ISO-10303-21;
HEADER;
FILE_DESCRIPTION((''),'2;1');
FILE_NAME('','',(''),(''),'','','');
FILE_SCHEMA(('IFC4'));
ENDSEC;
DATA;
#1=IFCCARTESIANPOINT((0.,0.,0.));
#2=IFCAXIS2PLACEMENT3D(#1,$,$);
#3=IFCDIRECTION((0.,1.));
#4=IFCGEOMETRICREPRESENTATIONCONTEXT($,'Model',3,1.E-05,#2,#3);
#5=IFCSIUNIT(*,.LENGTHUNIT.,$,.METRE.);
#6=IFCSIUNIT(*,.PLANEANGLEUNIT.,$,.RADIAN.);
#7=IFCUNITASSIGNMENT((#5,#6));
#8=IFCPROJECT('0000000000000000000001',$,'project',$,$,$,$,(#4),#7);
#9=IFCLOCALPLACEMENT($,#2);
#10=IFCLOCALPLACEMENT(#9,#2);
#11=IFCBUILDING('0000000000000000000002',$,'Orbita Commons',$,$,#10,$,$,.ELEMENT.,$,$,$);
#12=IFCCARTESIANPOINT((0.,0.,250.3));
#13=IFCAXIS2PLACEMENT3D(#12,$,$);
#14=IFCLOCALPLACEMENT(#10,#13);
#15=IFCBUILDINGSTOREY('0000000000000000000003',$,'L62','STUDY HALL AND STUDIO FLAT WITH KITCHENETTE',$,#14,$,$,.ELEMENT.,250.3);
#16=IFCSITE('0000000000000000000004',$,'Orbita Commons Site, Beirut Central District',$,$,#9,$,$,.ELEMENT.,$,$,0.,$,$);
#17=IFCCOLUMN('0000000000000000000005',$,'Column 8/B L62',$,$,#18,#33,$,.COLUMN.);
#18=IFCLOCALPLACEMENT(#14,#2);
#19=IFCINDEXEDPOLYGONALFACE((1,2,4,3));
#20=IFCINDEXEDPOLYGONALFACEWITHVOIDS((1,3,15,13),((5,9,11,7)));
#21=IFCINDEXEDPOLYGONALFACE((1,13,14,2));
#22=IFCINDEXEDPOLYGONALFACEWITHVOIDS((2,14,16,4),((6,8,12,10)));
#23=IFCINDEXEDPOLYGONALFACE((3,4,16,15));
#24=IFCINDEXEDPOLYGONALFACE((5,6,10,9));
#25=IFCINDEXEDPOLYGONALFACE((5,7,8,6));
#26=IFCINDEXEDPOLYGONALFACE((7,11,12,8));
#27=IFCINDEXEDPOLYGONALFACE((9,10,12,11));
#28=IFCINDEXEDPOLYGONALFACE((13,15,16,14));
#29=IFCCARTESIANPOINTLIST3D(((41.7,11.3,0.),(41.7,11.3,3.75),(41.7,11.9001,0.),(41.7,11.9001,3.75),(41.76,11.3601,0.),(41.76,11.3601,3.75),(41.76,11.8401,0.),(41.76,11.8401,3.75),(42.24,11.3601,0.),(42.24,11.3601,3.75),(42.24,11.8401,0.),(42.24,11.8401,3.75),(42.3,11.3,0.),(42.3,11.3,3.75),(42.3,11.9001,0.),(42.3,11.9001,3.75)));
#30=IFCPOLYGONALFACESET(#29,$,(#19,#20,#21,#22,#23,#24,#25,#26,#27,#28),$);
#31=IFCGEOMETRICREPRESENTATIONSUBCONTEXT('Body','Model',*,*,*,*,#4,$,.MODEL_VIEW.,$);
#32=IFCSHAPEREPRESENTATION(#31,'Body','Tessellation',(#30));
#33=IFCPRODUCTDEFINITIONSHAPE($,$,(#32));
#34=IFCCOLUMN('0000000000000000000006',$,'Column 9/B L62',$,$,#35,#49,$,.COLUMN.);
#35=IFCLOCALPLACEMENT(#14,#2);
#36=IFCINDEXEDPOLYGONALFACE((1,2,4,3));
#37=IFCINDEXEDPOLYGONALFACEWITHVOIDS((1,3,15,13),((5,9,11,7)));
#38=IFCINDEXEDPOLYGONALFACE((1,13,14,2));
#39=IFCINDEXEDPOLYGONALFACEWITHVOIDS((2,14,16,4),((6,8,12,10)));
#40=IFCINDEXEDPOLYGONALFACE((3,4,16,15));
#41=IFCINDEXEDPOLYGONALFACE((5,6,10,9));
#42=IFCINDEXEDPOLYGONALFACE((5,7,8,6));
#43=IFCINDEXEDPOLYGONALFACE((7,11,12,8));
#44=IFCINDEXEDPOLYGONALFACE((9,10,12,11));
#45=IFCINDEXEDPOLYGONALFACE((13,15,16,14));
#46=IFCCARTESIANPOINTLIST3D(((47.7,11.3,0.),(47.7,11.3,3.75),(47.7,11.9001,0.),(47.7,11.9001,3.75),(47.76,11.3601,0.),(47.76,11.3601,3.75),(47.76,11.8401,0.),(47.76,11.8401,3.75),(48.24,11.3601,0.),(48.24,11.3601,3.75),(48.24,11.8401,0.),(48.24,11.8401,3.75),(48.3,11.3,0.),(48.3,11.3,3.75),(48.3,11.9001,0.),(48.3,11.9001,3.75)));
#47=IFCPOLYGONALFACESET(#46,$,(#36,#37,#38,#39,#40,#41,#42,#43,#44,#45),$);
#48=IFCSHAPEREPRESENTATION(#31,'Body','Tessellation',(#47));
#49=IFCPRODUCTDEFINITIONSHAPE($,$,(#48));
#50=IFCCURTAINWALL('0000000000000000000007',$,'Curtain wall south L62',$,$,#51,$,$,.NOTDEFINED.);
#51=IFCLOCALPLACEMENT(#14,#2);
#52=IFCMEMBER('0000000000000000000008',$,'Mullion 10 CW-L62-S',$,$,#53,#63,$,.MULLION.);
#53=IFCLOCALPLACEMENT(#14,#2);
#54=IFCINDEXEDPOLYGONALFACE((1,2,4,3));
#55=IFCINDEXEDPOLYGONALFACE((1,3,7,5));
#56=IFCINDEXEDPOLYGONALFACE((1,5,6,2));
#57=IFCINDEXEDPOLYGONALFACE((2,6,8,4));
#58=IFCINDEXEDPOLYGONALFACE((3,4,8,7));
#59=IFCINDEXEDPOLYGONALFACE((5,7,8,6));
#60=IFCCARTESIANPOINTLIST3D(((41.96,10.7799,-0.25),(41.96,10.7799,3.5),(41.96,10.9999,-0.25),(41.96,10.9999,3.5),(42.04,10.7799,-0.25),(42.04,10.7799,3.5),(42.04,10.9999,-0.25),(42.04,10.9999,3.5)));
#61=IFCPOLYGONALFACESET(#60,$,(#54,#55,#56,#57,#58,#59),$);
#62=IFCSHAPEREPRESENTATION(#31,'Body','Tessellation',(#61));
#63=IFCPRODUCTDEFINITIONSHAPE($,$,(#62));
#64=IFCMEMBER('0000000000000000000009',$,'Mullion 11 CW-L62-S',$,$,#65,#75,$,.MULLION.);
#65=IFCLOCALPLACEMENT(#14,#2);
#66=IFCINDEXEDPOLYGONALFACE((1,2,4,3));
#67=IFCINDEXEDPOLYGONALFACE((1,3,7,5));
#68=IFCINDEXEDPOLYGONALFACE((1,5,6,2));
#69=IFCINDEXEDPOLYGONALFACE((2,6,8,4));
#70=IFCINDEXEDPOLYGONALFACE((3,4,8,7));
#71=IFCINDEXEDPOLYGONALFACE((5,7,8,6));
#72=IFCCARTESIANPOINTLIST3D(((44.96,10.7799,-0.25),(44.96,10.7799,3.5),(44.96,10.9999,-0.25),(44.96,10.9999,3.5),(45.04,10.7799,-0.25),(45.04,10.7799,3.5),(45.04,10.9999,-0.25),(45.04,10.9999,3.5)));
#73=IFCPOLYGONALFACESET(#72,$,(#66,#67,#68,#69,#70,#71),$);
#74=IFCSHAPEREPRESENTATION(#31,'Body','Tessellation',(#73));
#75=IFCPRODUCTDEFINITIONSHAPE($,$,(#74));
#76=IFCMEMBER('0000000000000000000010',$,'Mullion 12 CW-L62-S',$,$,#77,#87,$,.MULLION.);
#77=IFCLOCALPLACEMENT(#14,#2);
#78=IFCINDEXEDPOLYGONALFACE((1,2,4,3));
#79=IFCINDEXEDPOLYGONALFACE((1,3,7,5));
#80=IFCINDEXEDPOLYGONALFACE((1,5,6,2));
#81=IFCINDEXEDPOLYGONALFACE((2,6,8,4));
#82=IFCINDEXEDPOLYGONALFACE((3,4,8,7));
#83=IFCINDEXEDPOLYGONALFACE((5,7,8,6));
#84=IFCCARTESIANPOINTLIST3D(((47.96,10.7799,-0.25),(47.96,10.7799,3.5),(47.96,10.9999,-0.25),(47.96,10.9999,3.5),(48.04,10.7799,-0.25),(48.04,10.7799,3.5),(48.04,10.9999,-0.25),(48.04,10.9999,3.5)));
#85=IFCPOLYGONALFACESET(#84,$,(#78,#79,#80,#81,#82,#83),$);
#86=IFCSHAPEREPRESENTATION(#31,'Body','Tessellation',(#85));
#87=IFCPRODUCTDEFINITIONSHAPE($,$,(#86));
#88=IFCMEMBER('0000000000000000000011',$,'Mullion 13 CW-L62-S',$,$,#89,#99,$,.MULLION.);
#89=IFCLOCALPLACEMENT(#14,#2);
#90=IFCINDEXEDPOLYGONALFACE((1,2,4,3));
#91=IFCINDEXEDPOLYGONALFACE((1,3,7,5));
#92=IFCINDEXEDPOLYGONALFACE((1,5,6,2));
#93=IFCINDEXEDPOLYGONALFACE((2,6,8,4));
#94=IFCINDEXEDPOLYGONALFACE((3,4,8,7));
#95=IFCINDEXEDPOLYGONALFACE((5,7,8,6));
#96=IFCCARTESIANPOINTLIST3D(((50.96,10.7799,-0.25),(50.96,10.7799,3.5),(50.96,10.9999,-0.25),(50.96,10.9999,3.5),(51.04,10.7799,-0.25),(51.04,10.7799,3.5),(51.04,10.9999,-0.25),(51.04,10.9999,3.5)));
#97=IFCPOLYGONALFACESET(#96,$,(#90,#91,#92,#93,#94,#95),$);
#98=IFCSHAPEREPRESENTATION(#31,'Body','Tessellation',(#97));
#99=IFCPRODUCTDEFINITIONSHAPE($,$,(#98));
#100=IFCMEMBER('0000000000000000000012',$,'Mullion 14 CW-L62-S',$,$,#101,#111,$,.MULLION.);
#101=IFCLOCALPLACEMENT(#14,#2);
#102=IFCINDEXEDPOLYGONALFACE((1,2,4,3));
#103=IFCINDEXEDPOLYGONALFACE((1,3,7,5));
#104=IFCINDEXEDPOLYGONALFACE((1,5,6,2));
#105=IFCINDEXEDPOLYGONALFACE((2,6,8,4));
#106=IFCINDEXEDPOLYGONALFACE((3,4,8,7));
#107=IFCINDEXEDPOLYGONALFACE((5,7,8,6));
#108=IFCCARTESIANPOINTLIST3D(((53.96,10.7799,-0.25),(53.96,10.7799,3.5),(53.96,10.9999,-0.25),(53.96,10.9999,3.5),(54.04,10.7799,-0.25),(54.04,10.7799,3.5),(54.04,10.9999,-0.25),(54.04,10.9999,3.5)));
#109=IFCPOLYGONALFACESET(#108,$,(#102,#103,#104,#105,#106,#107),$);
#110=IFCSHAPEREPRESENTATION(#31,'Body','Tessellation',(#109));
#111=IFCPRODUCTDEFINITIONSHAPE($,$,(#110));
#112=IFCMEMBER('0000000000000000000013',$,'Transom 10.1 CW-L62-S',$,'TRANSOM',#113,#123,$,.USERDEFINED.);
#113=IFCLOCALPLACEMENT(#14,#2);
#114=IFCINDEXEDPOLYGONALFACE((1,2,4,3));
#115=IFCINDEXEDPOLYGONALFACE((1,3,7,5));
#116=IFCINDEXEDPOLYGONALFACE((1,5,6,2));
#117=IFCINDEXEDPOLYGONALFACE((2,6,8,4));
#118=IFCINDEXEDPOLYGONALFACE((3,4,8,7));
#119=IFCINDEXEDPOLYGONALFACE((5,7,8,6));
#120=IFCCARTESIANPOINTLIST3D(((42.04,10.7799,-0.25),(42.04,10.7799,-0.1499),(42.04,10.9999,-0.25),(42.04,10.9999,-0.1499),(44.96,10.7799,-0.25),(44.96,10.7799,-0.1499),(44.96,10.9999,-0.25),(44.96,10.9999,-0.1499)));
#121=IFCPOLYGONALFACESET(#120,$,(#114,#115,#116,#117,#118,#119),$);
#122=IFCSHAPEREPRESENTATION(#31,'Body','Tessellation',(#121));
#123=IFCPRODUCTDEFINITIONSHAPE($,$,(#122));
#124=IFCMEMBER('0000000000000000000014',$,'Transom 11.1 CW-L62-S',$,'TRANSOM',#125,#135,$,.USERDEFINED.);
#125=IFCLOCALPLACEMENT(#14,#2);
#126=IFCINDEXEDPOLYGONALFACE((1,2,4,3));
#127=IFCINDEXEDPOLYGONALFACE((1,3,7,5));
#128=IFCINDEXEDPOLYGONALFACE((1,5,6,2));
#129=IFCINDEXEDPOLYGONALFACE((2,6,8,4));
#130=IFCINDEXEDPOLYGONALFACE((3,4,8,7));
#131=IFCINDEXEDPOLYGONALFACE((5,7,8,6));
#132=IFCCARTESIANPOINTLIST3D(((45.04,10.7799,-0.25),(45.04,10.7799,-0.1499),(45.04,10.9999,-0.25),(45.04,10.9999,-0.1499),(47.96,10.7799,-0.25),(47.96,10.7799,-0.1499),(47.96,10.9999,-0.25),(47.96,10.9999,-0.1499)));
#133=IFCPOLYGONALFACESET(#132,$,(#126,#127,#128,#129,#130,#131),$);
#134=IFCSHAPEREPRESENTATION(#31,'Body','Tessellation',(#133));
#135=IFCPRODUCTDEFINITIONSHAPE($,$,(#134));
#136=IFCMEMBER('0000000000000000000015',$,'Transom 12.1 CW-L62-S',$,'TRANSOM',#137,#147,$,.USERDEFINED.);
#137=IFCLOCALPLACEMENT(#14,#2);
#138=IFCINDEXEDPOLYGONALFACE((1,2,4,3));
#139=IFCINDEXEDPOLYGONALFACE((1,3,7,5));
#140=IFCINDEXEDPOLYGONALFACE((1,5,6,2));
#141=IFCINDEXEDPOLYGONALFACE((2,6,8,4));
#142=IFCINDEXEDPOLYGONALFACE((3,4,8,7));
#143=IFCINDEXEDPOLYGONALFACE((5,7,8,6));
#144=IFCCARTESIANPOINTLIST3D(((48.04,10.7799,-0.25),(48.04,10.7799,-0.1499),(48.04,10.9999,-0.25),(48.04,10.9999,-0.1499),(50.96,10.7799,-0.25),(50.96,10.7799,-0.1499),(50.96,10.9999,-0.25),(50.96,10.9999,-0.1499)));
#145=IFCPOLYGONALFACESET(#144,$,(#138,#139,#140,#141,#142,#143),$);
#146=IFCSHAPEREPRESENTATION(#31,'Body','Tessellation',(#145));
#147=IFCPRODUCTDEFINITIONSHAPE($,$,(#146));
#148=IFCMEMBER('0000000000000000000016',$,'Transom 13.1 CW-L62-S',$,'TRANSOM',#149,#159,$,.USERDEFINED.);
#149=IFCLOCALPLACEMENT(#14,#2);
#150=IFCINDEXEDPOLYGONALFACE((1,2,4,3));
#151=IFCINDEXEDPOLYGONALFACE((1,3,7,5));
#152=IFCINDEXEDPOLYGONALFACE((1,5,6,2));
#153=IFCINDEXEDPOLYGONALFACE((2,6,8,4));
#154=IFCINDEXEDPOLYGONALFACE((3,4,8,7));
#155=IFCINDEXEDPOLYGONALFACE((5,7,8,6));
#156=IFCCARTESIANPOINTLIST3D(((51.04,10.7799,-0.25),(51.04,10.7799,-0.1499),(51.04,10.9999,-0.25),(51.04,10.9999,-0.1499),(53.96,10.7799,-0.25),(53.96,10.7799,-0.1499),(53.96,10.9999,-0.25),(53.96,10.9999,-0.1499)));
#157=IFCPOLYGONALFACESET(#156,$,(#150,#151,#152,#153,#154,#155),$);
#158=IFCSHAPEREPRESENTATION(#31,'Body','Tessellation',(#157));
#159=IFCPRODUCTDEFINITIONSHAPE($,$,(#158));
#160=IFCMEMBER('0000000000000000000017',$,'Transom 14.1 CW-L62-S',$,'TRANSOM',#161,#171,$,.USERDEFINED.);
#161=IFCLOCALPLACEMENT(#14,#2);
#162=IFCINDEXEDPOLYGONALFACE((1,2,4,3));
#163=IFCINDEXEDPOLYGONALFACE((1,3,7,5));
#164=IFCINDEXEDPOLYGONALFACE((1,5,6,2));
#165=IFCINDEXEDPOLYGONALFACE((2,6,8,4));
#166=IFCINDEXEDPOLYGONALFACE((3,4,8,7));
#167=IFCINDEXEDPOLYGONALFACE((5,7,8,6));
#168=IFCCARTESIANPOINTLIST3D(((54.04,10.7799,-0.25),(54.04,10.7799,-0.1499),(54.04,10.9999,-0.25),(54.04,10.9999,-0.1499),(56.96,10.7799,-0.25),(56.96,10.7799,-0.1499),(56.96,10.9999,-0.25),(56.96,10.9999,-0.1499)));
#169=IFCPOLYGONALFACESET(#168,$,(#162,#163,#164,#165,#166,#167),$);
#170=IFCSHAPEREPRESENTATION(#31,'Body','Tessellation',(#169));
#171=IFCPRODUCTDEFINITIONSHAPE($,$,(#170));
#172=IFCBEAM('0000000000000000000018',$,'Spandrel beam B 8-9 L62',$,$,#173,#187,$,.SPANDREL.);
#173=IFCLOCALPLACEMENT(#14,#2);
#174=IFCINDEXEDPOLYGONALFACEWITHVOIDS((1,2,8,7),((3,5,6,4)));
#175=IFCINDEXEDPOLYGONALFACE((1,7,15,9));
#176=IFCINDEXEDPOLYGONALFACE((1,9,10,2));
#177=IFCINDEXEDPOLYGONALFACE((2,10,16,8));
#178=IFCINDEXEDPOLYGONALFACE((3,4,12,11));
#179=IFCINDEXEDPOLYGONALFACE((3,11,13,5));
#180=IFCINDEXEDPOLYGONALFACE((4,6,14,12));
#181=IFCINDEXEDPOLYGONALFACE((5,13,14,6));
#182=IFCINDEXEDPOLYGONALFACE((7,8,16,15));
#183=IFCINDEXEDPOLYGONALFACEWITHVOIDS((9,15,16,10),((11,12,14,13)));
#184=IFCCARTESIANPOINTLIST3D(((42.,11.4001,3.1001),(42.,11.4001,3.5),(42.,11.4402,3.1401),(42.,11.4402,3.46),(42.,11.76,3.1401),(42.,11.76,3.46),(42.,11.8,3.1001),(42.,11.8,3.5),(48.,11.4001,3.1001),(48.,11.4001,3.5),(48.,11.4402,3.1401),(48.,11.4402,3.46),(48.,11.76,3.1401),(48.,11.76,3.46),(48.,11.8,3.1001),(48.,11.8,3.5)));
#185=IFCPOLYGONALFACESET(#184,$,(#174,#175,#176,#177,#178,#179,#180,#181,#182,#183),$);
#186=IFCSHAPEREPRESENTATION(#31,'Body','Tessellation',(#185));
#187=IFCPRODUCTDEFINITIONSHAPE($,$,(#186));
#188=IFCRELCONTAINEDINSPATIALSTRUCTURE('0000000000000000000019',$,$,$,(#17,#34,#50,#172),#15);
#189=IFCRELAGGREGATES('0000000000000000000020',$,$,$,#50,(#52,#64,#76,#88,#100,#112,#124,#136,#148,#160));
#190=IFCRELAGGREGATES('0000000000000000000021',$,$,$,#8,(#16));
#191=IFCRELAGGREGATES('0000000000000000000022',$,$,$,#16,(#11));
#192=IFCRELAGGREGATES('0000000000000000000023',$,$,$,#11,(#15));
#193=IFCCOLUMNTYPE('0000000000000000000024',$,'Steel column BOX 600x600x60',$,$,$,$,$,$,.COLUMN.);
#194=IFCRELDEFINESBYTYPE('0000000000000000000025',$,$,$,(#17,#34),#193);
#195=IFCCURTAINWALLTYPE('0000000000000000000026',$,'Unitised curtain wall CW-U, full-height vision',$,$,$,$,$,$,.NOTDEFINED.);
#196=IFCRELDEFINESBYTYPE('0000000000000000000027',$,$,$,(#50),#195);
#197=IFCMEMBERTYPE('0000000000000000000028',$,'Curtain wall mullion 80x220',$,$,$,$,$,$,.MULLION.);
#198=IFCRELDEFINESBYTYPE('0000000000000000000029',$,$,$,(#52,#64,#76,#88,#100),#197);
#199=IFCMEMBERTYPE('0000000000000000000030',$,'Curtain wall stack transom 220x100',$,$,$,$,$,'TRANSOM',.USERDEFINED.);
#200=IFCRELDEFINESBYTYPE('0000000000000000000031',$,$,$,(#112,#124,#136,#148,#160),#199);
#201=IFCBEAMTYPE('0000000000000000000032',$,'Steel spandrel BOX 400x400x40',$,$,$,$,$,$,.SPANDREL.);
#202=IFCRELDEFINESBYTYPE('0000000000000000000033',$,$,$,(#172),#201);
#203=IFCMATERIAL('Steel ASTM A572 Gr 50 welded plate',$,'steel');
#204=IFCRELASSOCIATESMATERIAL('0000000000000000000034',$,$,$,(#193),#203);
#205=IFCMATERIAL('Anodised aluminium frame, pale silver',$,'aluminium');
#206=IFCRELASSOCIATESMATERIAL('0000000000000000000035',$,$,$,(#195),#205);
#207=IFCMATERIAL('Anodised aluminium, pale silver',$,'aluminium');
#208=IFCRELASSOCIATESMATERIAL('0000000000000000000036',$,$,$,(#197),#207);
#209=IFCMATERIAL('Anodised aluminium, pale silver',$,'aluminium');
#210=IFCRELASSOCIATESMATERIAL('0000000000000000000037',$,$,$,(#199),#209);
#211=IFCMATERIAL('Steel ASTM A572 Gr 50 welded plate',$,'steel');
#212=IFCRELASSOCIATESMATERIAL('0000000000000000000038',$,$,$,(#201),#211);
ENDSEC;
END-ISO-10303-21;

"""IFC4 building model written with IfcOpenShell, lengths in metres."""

from ifc_helpers import new_model, si_unit, direction, frame, origin, origin_2d, place, context, subcontext, project, spatial, rectangle, hollow_rectangle, extrude, material, material_profile, profile_set, type_object, element, aggregate, save


model = new_model("IFC4")

# Units and contexts
model_context = context("Model", 3, precision=1e-05, world=origin(), true_north=direction((0.0, 1.0)))
body_context = subcontext(model_context, "Body", "Model", "MODEL_VIEW")
ifc_project = project(units=[si_unit("LENGTHUNIT", "METRE"), si_unit("PLANEANGLEUNIT", "RADIAN")], contexts=[model_context])

# Site, building, storey
site_placement = place(None, origin())
site = spatial("IfcSite", under=ifc_project, at=site_placement, Name="Orbita Commons Site, Beirut Central District", CompositionType="ELEMENT", RefElevation=0.0)
building_placement = place(site_placement, origin())
building = spatial("IfcBuilding", under=site, at=building_placement, Name="Orbita Commons", CompositionType="ELEMENT")
storey_placement = place(building_placement, frame((0.0, 0.0, 250.3)))
storey = spatial("IfcBuildingStorey", under=building, at=storey_placement, Name="L62", Description="STUDY HALL AND STUDIO FLAT WITH KITCHENETTE", CompositionType="ELEMENT", Elevation=250.3)

# Columns
ifc_material_1 = material(Name="Steel ASTM A572 Gr 50 welded plate", Category="steel")
ifc_material_profile_1 = material_profile(ifc_material_1, hollow_rectangle(XDim=0.6001, YDim=0.6001, WallThickness=0.0601, at=origin_2d()), Name="BOX 600x600x60")
ifc_profile_set_1 = profile_set([ifc_material_profile_1], Name="Steel ASTM A572 Gr 50 welded plate")
column_type = type_object("IfcColumnType", Name="Steel column BOX 600x600x60", PredefinedType="COLUMN", material=ifc_profile_set_1)
for number, where, z_axis, x_axis, name in (
    (1, (42.0, 11.6001, 0.0), (0.0, 0.0, 1.0), (1.0, 0.0, 0.0), "Column 8/B L62"),
    (2, (48.0, 11.6001, 0.0), (0.0, 0.0, 1.0), (1.0, 0.0, 0.0), "Column 9/B L62"),
):
    element("IfcColumn", number, at=place(storey_placement, frame(where, z_axis=z_axis, x_axis=x_axis)), inside=storey, type_object=column_type, Name=name, PredefinedType="COLUMN", context=body_context, shape_type="SweptSolid", body=[
        extrude(hollow_rectangle(XDim=0.6001, YDim=0.6001, WallThickness=0.0601, at=origin_2d()), origin(), (0.0, 0.0, 1.0), 3.75),
    ])

# Curtain wall, members
ifc_material_2 = material(Name="Anodised aluminium frame, pale silver", Category="aluminium")
curtain_wall_type = type_object("IfcCurtainWallType", Name="Unitised curtain wall CW-U, full-height vision", PredefinedType="NOTDEFINED", material=ifc_material_2)
curtain_wall_placement = place(storey_placement, origin())
curtain_wall = element("IfcCurtainWall", 3, at=curtain_wall_placement, inside=storey, type_object=curtain_wall_type, Name="Curtain wall south L62", PredefinedType="NOTDEFINED")
ifc_material_3 = material(Name="Anodised aluminium, pale silver", Category="aluminium")
ifc_material_profile_2 = material_profile(ifc_material_3, rectangle(XDim=0.0801, YDim=0.22, at=origin_2d()), Name="AL 80x220")
ifc_profile_set_2 = profile_set([ifc_material_profile_2], Name="Anodised aluminium, pale silver")
member_type_1 = type_object("IfcMemberType", Name="Curtain wall mullion 80x220", PredefinedType="MULLION", material=ifc_profile_set_2)
member_1_placement = place(storey_placement, frame((42.0, 10.8899, -0.25), z_axis=(0.0, 0.0, 1.0), x_axis=(1.0, 0.0, 0.0)))
member_1 = element("IfcMember", 4, at=member_1_placement, type_object=member_type_1, Name="Mullion 10 CW-L62-S", PredefinedType="MULLION", context=body_context, shape_type="SweptSolid", body=[
    extrude(rectangle(XDim=0.0801, YDim=0.22, at=origin_2d()), origin(), (0.0, 0.0, 1.0), 3.75),
])
member_2_placement = place(storey_placement, frame((45.0, 10.8899, -0.25), z_axis=(0.0, 0.0, 1.0), x_axis=(1.0, 0.0, 0.0)))
member_2 = element("IfcMember", 5, at=member_2_placement, type_object=member_type_1, Name="Mullion 11 CW-L62-S", PredefinedType="MULLION", context=body_context, shape_type="SweptSolid", body=[
    extrude(rectangle(XDim=0.0801, YDim=0.22, at=origin_2d()), origin(), (0.0, 0.0, 1.0), 3.75),
])
member_3_placement = place(storey_placement, frame((48.0, 10.8899, -0.25), z_axis=(0.0, 0.0, 1.0), x_axis=(1.0, 0.0, 0.0)))
member_3 = element("IfcMember", 6, at=member_3_placement, type_object=member_type_1, Name="Mullion 12 CW-L62-S", PredefinedType="MULLION", context=body_context, shape_type="SweptSolid", body=[
    extrude(rectangle(XDim=0.0801, YDim=0.22, at=origin_2d()), origin(), (0.0, 0.0, 1.0), 3.75),
])
member_4_placement = place(storey_placement, frame((51.0, 10.8899, -0.25), z_axis=(0.0, 0.0, 1.0), x_axis=(1.0, 0.0, 0.0)))
member_4 = element("IfcMember", 7, at=member_4_placement, type_object=member_type_1, Name="Mullion 13 CW-L62-S", PredefinedType="MULLION", context=body_context, shape_type="SweptSolid", body=[
    extrude(rectangle(XDim=0.0801, YDim=0.22, at=origin_2d()), origin(), (0.0, 0.0, 1.0), 3.75),
])
member_5_placement = place(storey_placement, frame((54.0, 10.8899, -0.25), z_axis=(0.0, 0.0, 1.0), x_axis=(1.0, 0.0, 0.0)))
member_5 = element("IfcMember", 8, at=member_5_placement, type_object=member_type_1, Name="Mullion 14 CW-L62-S", PredefinedType="MULLION", context=body_context, shape_type="SweptSolid", body=[
    extrude(rectangle(XDim=0.0801, YDim=0.22, at=origin_2d()), origin(), (0.0, 0.0, 1.0), 3.75),
])
ifc_material_4 = material(Name="Anodised aluminium, pale silver", Category="aluminium")
ifc_material_profile_3 = material_profile(ifc_material_4, rectangle(XDim=0.22, YDim=0.1001, at=origin_2d()), Name="AL 220x100")
ifc_profile_set_3 = profile_set([ifc_material_profile_3], Name="Anodised aluminium, pale silver")
member_type_2 = type_object("IfcMemberType", Name="Curtain wall stack transom 220x100", ElementType="TRANSOM", PredefinedType="USERDEFINED", material=ifc_profile_set_3)
member_6_placement = place(storey_placement, frame((42.04, 10.8899, -0.2), z_axis=(1.0, 0.0, 0.0), x_axis=(0.0, 1.0, 0.0)))
member_6 = element("IfcMember", 9, at=member_6_placement, type_object=member_type_2, Name="Transom 10.1 CW-L62-S", ObjectType="TRANSOM", PredefinedType="USERDEFINED", context=body_context, shape_type="SweptSolid", body=[
    extrude(rectangle(XDim=0.22, YDim=0.1001, at=origin_2d()), origin(), (0.0, 0.0, 1.0), 2.9199),
])
member_7_placement = place(storey_placement, frame((45.04, 10.8899, -0.2), z_axis=(1.0, 0.0, 0.0), x_axis=(0.0, 1.0, 0.0)))
member_7 = element("IfcMember", 10, at=member_7_placement, type_object=member_type_2, Name="Transom 11.1 CW-L62-S", ObjectType="TRANSOM", PredefinedType="USERDEFINED", context=body_context, shape_type="SweptSolid", body=[
    extrude(rectangle(XDim=0.22, YDim=0.1001, at=origin_2d()), origin(), (0.0, 0.0, 1.0), 2.9199),
])
member_8_placement = place(storey_placement, frame((48.04, 10.8899, -0.2), z_axis=(1.0, 0.0, 0.0), x_axis=(0.0, 1.0, 0.0)))
member_8 = element("IfcMember", 11, at=member_8_placement, type_object=member_type_2, Name="Transom 12.1 CW-L62-S", ObjectType="TRANSOM", PredefinedType="USERDEFINED", context=body_context, shape_type="SweptSolid", body=[
    extrude(rectangle(XDim=0.22, YDim=0.1001, at=origin_2d()), origin(), (0.0, 0.0, 1.0), 2.9199),
])
member_9_placement = place(storey_placement, frame((51.04, 10.8899, -0.2), z_axis=(1.0, 0.0, 0.0), x_axis=(0.0, 1.0, 0.0)))
member_9 = element("IfcMember", 12, at=member_9_placement, type_object=member_type_2, Name="Transom 13.1 CW-L62-S", ObjectType="TRANSOM", PredefinedType="USERDEFINED", context=body_context, shape_type="SweptSolid", body=[
    extrude(rectangle(XDim=0.22, YDim=0.1001, at=origin_2d()), origin(), (0.0, 0.0, 1.0), 2.9199),
])
member_10_placement = place(storey_placement, frame((54.04, 10.8899, -0.2), z_axis=(1.0, 0.0, 0.0), x_axis=(0.0, 1.0, 0.0)))
member_10 = element("IfcMember", 13, at=member_10_placement, type_object=member_type_2, Name="Transom 14.1 CW-L62-S", ObjectType="TRANSOM", PredefinedType="USERDEFINED", context=body_context, shape_type="SweptSolid", body=[
    extrude(rectangle(XDim=0.22, YDim=0.1001, at=origin_2d()), origin(), (0.0, 0.0, 1.0), 2.9199),
])

# Beam
ifc_material_5 = material(Name="Steel ASTM A572 Gr 50 welded plate", Category="steel")
ifc_material_profile_4 = material_profile(ifc_material_5, hollow_rectangle(XDim=0.3999, YDim=0.3999, WallThickness=0.04, at=origin_2d()), Name="BOX 400x400x40")
ifc_profile_set_4 = profile_set([ifc_material_profile_4], Name="Steel ASTM A572 Gr 50 welded plate")
beam_type = type_object("IfcBeamType", Name="Steel spandrel BOX 400x400x40", PredefinedType="SPANDREL", material=ifc_profile_set_4)
for number, where, z_axis, x_axis, name in (
    (14, (42.0, 11.6001, 3.3), (1.0, 0.0, 0.0), (0.0, 1.0, 0.0), "Spandrel beam B 8-9 L62"),
):
    element("IfcBeam", number, at=place(storey_placement, frame(where, z_axis=z_axis, x_axis=x_axis)), inside=storey, type_object=beam_type, Name=name, PredefinedType="SPANDREL", context=body_context, shape_type="SweptSolid", body=[
        extrude(hollow_rectangle(XDim=0.3999, YDim=0.3999, WallThickness=0.04, at=origin_2d()), origin(), (0.0, 0.0, 1.0), 6.0),
    ])

aggregate(curtain_wall, [member_1, member_2, member_3, member_4, member_5, member_6, member_7, member_8, member_9, member_10])

save(model, "model.ifc")
